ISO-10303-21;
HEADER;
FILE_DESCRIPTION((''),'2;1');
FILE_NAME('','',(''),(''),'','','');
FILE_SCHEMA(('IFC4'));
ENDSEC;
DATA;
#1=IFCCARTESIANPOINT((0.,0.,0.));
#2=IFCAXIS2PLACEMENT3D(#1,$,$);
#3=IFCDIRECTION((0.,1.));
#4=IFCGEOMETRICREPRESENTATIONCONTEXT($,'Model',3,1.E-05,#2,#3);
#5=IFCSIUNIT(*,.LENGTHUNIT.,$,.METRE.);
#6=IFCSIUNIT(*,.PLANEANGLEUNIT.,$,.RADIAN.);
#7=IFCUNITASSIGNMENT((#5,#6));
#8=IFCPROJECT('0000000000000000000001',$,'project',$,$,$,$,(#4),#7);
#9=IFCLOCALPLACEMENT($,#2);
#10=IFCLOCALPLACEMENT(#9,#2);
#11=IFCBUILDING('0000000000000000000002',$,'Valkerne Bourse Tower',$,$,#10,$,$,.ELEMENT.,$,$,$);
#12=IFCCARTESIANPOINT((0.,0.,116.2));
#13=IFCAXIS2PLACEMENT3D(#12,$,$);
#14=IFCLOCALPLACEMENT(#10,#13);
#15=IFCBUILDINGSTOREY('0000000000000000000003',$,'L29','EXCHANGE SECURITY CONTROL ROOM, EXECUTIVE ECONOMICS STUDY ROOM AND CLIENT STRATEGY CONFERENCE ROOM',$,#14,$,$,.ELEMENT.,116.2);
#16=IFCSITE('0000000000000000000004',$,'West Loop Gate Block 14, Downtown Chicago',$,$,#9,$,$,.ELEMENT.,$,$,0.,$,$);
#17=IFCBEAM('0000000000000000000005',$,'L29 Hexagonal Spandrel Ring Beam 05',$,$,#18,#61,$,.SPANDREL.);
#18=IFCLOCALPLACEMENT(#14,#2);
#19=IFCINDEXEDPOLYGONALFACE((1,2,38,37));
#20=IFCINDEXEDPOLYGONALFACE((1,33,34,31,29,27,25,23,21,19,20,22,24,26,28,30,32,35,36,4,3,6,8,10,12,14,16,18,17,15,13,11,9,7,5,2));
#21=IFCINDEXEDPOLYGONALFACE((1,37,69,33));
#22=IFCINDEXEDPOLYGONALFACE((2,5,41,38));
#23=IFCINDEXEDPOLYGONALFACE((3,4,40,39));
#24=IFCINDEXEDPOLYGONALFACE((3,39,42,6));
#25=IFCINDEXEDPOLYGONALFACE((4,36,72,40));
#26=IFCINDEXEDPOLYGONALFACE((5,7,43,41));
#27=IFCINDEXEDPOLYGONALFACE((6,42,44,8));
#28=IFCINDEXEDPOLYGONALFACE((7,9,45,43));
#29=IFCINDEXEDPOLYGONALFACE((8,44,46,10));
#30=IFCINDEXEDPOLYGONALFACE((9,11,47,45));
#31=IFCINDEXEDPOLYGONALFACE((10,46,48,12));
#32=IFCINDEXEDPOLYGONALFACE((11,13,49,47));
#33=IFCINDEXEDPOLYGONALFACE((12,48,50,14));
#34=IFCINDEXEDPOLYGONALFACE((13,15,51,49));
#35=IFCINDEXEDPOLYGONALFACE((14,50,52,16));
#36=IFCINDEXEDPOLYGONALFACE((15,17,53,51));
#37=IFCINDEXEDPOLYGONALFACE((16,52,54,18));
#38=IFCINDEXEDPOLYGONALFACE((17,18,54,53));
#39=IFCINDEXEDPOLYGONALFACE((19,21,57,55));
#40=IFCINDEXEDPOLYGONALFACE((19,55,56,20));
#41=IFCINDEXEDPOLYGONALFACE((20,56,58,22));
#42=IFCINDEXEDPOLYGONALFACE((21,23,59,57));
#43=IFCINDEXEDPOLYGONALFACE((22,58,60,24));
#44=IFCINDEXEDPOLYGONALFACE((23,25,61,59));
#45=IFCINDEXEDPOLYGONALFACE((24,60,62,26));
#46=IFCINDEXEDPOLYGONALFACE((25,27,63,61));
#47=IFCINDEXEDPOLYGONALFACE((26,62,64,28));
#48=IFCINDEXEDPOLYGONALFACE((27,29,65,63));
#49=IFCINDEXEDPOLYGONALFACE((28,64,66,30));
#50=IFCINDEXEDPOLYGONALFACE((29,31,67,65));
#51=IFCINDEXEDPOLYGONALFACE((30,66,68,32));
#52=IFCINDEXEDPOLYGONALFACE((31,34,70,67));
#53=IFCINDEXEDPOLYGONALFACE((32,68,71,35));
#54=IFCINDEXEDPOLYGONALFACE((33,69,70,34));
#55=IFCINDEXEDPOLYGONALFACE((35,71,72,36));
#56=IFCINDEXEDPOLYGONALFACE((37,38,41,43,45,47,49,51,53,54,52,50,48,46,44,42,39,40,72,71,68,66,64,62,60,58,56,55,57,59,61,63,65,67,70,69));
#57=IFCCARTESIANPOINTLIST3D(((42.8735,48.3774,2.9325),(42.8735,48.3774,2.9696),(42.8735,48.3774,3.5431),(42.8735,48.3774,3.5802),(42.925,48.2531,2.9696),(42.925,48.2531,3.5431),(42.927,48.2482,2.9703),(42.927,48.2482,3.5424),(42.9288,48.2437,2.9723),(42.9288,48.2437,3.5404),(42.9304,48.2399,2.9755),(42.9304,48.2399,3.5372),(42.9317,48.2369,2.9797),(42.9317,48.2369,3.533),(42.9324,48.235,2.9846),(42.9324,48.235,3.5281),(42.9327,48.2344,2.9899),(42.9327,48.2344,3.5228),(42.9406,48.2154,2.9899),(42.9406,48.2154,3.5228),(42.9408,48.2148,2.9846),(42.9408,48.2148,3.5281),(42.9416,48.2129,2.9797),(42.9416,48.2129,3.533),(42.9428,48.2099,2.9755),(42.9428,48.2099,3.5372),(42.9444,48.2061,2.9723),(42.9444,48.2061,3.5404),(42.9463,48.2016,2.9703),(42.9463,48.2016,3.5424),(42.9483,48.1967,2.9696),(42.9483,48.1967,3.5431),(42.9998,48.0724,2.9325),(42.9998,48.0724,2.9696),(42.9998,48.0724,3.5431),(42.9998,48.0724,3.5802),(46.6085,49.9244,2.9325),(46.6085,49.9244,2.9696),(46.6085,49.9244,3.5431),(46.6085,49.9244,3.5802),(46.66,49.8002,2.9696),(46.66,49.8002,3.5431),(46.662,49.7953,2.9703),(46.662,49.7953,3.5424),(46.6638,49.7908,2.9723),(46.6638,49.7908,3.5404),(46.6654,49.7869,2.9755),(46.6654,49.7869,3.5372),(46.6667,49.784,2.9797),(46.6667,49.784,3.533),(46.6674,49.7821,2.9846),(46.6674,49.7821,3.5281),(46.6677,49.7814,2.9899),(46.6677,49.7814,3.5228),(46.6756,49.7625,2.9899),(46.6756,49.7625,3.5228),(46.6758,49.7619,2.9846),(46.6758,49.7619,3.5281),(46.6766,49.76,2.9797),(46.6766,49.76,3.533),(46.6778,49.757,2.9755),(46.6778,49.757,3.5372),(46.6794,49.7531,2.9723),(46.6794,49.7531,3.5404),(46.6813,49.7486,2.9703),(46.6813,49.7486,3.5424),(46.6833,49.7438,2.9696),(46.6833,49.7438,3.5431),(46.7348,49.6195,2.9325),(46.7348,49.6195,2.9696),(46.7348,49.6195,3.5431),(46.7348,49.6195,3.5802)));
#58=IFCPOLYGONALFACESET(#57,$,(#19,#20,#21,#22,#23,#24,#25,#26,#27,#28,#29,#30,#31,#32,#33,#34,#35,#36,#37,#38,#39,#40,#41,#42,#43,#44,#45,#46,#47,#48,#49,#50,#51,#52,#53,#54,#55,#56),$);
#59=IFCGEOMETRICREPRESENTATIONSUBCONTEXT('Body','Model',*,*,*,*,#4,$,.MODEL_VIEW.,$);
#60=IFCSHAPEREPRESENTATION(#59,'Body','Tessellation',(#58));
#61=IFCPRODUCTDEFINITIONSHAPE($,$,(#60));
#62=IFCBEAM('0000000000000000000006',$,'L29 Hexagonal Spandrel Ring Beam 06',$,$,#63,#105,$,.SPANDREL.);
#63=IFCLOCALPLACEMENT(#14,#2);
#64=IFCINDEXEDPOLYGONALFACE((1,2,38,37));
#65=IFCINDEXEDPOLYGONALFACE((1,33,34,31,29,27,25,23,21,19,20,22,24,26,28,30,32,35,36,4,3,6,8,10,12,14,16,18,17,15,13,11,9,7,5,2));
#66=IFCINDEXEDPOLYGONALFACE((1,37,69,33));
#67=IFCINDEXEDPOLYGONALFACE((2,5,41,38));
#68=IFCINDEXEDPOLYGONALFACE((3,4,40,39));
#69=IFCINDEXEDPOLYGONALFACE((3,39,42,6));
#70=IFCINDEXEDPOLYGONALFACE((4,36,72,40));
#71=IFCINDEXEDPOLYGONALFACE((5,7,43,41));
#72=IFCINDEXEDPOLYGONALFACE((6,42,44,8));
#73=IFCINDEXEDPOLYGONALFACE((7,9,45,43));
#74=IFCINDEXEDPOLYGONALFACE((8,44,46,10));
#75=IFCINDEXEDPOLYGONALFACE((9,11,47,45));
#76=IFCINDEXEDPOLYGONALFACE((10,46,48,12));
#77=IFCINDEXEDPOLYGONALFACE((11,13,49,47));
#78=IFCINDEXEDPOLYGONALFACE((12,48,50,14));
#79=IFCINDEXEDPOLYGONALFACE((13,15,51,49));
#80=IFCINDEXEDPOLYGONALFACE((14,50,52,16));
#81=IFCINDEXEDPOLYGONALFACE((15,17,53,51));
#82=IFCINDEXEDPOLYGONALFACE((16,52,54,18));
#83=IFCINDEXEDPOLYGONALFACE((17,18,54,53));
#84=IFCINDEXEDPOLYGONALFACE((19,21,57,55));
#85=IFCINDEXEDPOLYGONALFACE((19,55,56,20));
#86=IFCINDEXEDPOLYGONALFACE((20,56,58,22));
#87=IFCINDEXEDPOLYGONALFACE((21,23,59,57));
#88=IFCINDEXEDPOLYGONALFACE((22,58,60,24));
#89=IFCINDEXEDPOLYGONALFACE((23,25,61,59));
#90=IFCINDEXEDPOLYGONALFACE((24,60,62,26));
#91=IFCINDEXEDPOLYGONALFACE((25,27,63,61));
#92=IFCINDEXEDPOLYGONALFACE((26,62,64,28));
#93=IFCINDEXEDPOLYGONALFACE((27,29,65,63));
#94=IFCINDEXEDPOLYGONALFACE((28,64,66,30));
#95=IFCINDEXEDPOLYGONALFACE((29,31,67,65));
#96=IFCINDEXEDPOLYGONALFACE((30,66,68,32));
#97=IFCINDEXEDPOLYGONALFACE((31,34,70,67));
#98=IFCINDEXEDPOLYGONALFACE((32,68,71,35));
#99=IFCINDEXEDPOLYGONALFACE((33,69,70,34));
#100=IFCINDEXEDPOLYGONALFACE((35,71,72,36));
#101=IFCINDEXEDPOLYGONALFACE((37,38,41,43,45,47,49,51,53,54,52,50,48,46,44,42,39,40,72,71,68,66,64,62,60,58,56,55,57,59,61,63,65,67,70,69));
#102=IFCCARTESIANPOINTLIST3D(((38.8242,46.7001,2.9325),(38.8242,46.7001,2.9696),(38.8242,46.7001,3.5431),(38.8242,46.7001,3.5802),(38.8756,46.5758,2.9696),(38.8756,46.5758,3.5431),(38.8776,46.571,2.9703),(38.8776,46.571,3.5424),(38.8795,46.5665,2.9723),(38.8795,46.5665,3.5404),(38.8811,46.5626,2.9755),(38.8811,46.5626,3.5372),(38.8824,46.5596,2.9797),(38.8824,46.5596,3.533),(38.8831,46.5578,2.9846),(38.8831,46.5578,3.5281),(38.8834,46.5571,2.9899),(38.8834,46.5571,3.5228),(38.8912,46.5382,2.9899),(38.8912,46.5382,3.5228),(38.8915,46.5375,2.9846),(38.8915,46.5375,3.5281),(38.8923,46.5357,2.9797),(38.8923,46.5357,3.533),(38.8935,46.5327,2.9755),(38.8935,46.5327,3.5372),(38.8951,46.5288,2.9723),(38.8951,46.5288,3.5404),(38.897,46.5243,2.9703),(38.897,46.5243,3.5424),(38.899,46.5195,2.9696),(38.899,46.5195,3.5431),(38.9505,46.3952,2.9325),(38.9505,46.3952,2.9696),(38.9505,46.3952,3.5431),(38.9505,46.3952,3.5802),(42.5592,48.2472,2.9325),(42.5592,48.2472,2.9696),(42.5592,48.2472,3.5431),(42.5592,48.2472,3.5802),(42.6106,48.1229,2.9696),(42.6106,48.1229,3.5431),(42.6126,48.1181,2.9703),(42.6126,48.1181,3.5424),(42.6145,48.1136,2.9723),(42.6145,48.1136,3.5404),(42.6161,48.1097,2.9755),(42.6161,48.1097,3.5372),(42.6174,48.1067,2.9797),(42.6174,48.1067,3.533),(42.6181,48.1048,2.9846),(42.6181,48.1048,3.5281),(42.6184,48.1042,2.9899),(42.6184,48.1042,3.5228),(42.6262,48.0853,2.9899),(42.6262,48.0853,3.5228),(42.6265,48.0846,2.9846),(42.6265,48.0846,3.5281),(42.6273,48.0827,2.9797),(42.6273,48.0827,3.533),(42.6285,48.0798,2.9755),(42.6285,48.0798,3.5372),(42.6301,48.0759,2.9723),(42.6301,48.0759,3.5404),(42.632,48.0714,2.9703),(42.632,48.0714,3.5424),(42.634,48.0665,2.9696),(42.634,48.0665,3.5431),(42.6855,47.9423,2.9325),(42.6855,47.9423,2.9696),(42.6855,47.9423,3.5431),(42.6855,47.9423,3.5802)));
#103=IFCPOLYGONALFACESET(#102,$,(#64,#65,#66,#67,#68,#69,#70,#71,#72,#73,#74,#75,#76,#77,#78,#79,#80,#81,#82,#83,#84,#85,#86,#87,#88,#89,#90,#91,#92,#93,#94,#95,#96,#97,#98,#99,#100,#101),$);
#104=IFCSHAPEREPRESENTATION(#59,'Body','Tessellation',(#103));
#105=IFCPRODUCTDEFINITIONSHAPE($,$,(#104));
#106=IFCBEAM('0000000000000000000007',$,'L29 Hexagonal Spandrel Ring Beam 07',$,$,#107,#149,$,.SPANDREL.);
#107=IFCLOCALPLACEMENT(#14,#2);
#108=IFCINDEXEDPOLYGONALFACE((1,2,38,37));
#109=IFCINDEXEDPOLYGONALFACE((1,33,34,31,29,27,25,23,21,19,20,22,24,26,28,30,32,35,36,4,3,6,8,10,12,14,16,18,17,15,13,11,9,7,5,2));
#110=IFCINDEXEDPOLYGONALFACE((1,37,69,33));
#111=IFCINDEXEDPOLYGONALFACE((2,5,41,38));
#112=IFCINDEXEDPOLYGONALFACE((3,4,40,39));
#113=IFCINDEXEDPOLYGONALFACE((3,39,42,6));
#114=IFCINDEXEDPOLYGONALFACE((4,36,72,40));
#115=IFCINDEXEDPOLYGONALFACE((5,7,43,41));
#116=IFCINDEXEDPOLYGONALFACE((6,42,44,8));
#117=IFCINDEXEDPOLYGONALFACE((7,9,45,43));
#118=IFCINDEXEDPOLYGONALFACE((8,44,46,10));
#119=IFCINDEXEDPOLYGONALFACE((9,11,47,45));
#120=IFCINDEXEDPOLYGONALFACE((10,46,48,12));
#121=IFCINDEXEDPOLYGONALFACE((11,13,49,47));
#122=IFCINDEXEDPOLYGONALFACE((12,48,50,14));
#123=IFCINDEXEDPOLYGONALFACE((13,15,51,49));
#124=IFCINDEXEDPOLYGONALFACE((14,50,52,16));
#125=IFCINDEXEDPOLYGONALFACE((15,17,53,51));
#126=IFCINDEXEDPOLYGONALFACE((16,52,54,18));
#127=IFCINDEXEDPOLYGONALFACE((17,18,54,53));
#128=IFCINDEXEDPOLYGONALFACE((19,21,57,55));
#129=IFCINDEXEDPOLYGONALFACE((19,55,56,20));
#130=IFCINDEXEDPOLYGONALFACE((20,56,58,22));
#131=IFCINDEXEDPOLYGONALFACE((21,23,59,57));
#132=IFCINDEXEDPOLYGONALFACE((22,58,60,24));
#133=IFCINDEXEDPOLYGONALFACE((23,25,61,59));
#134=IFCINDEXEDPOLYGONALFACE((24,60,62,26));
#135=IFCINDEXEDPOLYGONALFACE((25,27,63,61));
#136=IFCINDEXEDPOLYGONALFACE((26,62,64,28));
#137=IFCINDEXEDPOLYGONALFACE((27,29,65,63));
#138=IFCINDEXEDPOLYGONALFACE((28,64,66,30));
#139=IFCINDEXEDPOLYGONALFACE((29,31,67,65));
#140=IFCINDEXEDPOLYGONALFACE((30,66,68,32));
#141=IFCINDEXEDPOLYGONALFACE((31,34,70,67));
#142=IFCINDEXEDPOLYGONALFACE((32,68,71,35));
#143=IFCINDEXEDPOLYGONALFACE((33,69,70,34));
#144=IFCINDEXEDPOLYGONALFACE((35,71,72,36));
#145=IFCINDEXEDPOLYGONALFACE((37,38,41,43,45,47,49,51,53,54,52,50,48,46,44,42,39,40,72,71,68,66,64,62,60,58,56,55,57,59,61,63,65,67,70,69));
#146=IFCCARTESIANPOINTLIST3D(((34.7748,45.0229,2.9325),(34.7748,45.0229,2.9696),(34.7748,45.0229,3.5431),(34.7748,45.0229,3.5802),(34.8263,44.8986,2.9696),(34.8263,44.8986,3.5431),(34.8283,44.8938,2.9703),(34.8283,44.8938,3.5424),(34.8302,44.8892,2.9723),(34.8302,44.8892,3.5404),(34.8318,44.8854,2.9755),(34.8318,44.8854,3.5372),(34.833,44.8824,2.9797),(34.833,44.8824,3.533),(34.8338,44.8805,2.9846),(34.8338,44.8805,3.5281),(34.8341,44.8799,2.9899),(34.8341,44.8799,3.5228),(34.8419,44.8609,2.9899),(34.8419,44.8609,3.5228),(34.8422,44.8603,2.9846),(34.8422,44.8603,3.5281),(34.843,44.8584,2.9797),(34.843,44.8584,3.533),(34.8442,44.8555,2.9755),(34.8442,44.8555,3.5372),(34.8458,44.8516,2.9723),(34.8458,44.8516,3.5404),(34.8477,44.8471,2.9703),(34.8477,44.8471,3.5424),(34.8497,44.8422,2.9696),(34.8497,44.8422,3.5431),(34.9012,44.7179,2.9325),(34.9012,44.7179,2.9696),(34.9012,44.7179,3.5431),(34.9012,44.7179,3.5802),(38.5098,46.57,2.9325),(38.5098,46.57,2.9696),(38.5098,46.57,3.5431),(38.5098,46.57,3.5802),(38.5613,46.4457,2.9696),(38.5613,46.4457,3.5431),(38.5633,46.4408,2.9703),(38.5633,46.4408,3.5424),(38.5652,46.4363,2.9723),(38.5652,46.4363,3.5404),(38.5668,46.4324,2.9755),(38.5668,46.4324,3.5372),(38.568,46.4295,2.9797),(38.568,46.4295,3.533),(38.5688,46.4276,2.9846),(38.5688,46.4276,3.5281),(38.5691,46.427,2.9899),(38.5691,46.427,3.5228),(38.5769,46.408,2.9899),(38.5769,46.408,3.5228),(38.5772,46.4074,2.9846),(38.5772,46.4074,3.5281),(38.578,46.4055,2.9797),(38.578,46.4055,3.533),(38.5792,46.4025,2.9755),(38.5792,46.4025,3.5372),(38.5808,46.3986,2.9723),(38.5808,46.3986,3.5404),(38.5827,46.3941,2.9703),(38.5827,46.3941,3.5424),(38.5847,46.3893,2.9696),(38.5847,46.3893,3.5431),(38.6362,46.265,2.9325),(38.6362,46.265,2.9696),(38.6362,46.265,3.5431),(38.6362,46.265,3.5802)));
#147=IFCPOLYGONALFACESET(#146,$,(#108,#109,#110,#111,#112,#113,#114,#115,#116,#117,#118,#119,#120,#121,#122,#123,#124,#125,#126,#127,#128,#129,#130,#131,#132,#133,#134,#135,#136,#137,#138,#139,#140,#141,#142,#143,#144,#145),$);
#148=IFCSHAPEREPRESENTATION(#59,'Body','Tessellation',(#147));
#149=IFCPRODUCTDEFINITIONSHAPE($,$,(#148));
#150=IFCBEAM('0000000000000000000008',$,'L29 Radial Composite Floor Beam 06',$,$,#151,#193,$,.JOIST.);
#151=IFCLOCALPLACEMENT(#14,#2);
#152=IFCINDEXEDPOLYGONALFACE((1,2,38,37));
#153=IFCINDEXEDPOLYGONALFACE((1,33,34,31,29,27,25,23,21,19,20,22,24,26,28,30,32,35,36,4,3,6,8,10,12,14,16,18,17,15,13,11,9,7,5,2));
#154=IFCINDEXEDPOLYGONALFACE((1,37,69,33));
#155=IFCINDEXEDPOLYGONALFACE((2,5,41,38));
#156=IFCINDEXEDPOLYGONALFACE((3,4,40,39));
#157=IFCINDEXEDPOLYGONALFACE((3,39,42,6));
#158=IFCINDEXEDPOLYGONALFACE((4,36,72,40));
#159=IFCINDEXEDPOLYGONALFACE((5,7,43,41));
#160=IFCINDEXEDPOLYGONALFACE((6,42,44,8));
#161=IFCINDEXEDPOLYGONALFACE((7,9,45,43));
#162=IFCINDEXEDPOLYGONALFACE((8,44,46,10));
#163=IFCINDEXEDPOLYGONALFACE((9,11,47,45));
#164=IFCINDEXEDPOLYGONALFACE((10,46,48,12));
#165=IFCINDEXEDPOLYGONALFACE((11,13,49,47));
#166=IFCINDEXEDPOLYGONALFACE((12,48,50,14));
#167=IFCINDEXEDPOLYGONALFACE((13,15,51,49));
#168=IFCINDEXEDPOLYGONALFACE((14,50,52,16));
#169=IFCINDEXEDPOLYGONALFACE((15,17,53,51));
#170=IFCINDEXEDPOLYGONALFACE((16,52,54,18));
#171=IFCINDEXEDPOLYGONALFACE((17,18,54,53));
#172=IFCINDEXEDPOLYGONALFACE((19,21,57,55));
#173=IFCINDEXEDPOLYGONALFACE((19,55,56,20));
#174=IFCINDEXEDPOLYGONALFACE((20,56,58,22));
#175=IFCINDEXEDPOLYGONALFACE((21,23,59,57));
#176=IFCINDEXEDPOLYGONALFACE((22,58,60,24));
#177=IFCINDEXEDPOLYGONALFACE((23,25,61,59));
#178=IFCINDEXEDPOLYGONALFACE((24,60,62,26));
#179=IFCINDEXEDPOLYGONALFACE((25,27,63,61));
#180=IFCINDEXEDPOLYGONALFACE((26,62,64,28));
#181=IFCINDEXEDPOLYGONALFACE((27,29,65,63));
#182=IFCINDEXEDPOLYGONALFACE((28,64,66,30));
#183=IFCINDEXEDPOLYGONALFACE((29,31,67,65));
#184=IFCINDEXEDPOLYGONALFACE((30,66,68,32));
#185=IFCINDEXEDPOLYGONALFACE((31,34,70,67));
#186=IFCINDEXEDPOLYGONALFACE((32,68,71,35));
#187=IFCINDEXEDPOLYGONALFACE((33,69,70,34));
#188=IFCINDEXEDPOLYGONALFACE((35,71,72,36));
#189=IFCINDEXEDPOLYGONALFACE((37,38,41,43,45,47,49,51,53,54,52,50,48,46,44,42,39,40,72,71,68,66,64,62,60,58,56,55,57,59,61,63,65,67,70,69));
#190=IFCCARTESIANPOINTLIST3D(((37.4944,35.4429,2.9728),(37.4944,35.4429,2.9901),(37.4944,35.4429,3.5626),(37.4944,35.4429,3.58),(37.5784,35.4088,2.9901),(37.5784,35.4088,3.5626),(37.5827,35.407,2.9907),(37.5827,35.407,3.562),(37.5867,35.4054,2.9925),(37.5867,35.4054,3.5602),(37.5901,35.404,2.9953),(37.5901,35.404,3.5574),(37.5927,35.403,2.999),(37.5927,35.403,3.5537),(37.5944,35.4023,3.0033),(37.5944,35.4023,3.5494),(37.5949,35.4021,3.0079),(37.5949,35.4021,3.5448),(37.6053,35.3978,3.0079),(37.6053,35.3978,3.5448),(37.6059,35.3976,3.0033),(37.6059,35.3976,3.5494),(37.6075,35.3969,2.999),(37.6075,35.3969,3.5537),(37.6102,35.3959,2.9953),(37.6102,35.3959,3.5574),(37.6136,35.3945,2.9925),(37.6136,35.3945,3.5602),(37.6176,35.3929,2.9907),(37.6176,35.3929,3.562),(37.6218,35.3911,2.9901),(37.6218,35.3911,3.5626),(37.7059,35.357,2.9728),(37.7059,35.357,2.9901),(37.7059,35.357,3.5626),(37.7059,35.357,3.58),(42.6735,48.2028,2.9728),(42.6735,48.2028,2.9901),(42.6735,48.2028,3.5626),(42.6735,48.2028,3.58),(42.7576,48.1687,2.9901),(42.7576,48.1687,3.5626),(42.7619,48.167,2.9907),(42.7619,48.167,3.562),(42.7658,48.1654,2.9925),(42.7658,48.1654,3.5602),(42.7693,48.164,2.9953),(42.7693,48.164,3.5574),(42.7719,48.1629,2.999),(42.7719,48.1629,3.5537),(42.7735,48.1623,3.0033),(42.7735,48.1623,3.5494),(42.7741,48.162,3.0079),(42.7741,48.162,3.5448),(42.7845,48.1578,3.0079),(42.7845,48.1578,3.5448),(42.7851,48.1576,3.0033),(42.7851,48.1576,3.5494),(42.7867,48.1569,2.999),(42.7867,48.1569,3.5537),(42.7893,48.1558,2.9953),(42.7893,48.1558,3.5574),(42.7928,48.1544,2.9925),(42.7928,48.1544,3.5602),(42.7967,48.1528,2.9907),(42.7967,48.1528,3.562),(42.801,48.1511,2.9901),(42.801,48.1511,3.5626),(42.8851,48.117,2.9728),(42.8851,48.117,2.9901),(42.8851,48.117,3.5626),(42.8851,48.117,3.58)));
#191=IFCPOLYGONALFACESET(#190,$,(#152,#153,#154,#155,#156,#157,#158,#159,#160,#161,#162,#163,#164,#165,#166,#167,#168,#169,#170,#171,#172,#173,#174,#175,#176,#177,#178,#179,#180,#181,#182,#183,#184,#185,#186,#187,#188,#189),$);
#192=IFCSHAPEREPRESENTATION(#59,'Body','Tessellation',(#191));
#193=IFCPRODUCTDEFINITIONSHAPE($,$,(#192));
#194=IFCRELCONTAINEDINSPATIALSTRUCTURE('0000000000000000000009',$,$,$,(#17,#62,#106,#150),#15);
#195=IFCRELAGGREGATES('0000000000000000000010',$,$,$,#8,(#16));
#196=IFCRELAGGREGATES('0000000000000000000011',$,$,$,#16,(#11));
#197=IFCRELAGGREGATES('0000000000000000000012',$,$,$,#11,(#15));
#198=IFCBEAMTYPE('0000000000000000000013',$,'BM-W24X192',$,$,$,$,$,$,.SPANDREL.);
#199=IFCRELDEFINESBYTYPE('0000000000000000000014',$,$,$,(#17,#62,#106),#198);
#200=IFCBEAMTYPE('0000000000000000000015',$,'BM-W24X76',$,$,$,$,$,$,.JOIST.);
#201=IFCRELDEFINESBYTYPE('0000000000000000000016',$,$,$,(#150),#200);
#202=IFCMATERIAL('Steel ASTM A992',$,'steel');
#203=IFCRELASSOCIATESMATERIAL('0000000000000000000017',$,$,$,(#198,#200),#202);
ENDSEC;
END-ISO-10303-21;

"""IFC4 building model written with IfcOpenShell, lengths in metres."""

from ifc_helpers import new_model, si_unit, direction, frame, origin, origin_2d, place, context, subcontext, project, spatial, i_section, extrude, material, material_profile, profile_set, type_object, element, save


model = new_model("IFC4")

# Units and contexts
model_context = context("Model", 3, precision=1e-05, world=origin(), true_north=direction((0.0, 1.0)))
body_context = subcontext(model_context, "Body", "Model", "MODEL_VIEW")
ifc_project = project(units=[si_unit("LENGTHUNIT", "METRE"), si_unit("PLANEANGLEUNIT", "RADIAN")], contexts=[model_context])

# Site, building, storey
site_placement = place(None, origin())
site = spatial("IfcSite", under=ifc_project, at=site_placement, Name="West Loop Gate Block 14, Downtown Chicago", CompositionType="ELEMENT", RefElevation=0.0)
building_placement = place(site_placement, origin())
building = spatial("IfcBuilding", under=site, at=building_placement, Name="Valkerne Bourse Tower", CompositionType="ELEMENT")
storey_placement = place(building_placement, frame((0.0, 0.0, 116.2)))
storey = spatial("IfcBuildingStorey", under=building, at=storey_placement, Name="L29", Description="EXCHANGE SECURITY CONTROL ROOM, EXECUTIVE ECONOMICS STUDY ROOM AND CLIENT STRATEGY CONFERENCE ROOM", CompositionType="ELEMENT", Elevation=116.2)

# Beams
ifc_material_1 = material(Name="Steel ASTM A992", Category="steel")
ifc_material_profile_1 = material_profile(ifc_material_1, i_section(OverallWidth=0.3301, OverallDepth=0.6477, WebThickness=0.0205, FlangeThickness=0.0371, FilletRadius=0.0203, at=origin_2d()), Name="W24X192")
ifc_profile_set_1 = profile_set([ifc_material_profile_1], Name="Steel ASTM A992")
beam_type_1 = type_object("IfcBeamType", Name="BM-W24X192", PredefinedType="SPANDREL", material=ifc_profile_set_1)
for number, where, z_axis, x_axis, name in (
    (1, (46.6716, 49.772, 3.2563), (-0.923881, -0.382681, 0.0), (0.382681, -0.923881, 0.0), "L29 Hexagonal Spandrel Ring Beam 05"),
    (2, (42.6223, 48.0947, 3.2563), (-0.923881, -0.382681, 0.0), (0.382681, -0.923881, 0.0), "L29 Hexagonal Spandrel Ring Beam 06"),
    (3, (38.573, 46.4175, 3.2563), (-0.923881, -0.382681, 0.0), (0.382681, -0.923881, 0.0), "L29 Hexagonal Spandrel Ring Beam 07"),
):
    element("IfcBeam", number, at=place(storey_placement, frame(where, z_axis=z_axis, x_axis=x_axis)), inside=storey, type_object=beam_type_1, Name=name, PredefinedType="SPANDREL", context=body_context, shape_type="SweptSolid", body=[
        extrude(i_section(OverallWidth=0.3301, OverallDepth=0.6477, WebThickness=0.0205, FlangeThickness=0.0371, FilletRadius=0.0203, at=origin_2d()), origin(), (0.0, 0.0, 1.0), 4.0427),
    ])
ifc_material_profile_2 = material_profile(ifc_material_1, i_section(OverallWidth=0.2283, OverallDepth=0.6072, WebThickness=0.0112, FlangeThickness=0.0173, FilletRadius=0.0178, at=origin_2d()), Name="W24X76")
ifc_profile_set_2 = profile_set([ifc_material_profile_2], Name="Steel ASTM A992")
beam_type_2 = type_object("IfcBeamType", Name="BM-W24X76", PredefinedType="JOIST", material=ifc_profile_set_2)
beam_1_placement = place(storey_placement, frame((42.7793, 48.1599, 3.2764), z_axis=(-0.376093, -0.926582, 0.0), x_axis=(0.926582, -0.376093, 0.0)))
element("IfcBeam", 4, at=beam_1_placement, inside=storey, type_object=beam_type_2, Name="L29 Radial Composite Floor Beam 06", PredefinedType="JOIST", context=body_context, shape_type="SweptSolid", body=[
    extrude(i_section(OverallWidth=0.2283, OverallDepth=0.6072, WebThickness=0.0112, FlangeThickness=0.0173, FilletRadius=0.0178, at=origin_2d()), origin(), (0.0, 0.0, 1.0), 13.771),
])

save(model, "model.ifc")
